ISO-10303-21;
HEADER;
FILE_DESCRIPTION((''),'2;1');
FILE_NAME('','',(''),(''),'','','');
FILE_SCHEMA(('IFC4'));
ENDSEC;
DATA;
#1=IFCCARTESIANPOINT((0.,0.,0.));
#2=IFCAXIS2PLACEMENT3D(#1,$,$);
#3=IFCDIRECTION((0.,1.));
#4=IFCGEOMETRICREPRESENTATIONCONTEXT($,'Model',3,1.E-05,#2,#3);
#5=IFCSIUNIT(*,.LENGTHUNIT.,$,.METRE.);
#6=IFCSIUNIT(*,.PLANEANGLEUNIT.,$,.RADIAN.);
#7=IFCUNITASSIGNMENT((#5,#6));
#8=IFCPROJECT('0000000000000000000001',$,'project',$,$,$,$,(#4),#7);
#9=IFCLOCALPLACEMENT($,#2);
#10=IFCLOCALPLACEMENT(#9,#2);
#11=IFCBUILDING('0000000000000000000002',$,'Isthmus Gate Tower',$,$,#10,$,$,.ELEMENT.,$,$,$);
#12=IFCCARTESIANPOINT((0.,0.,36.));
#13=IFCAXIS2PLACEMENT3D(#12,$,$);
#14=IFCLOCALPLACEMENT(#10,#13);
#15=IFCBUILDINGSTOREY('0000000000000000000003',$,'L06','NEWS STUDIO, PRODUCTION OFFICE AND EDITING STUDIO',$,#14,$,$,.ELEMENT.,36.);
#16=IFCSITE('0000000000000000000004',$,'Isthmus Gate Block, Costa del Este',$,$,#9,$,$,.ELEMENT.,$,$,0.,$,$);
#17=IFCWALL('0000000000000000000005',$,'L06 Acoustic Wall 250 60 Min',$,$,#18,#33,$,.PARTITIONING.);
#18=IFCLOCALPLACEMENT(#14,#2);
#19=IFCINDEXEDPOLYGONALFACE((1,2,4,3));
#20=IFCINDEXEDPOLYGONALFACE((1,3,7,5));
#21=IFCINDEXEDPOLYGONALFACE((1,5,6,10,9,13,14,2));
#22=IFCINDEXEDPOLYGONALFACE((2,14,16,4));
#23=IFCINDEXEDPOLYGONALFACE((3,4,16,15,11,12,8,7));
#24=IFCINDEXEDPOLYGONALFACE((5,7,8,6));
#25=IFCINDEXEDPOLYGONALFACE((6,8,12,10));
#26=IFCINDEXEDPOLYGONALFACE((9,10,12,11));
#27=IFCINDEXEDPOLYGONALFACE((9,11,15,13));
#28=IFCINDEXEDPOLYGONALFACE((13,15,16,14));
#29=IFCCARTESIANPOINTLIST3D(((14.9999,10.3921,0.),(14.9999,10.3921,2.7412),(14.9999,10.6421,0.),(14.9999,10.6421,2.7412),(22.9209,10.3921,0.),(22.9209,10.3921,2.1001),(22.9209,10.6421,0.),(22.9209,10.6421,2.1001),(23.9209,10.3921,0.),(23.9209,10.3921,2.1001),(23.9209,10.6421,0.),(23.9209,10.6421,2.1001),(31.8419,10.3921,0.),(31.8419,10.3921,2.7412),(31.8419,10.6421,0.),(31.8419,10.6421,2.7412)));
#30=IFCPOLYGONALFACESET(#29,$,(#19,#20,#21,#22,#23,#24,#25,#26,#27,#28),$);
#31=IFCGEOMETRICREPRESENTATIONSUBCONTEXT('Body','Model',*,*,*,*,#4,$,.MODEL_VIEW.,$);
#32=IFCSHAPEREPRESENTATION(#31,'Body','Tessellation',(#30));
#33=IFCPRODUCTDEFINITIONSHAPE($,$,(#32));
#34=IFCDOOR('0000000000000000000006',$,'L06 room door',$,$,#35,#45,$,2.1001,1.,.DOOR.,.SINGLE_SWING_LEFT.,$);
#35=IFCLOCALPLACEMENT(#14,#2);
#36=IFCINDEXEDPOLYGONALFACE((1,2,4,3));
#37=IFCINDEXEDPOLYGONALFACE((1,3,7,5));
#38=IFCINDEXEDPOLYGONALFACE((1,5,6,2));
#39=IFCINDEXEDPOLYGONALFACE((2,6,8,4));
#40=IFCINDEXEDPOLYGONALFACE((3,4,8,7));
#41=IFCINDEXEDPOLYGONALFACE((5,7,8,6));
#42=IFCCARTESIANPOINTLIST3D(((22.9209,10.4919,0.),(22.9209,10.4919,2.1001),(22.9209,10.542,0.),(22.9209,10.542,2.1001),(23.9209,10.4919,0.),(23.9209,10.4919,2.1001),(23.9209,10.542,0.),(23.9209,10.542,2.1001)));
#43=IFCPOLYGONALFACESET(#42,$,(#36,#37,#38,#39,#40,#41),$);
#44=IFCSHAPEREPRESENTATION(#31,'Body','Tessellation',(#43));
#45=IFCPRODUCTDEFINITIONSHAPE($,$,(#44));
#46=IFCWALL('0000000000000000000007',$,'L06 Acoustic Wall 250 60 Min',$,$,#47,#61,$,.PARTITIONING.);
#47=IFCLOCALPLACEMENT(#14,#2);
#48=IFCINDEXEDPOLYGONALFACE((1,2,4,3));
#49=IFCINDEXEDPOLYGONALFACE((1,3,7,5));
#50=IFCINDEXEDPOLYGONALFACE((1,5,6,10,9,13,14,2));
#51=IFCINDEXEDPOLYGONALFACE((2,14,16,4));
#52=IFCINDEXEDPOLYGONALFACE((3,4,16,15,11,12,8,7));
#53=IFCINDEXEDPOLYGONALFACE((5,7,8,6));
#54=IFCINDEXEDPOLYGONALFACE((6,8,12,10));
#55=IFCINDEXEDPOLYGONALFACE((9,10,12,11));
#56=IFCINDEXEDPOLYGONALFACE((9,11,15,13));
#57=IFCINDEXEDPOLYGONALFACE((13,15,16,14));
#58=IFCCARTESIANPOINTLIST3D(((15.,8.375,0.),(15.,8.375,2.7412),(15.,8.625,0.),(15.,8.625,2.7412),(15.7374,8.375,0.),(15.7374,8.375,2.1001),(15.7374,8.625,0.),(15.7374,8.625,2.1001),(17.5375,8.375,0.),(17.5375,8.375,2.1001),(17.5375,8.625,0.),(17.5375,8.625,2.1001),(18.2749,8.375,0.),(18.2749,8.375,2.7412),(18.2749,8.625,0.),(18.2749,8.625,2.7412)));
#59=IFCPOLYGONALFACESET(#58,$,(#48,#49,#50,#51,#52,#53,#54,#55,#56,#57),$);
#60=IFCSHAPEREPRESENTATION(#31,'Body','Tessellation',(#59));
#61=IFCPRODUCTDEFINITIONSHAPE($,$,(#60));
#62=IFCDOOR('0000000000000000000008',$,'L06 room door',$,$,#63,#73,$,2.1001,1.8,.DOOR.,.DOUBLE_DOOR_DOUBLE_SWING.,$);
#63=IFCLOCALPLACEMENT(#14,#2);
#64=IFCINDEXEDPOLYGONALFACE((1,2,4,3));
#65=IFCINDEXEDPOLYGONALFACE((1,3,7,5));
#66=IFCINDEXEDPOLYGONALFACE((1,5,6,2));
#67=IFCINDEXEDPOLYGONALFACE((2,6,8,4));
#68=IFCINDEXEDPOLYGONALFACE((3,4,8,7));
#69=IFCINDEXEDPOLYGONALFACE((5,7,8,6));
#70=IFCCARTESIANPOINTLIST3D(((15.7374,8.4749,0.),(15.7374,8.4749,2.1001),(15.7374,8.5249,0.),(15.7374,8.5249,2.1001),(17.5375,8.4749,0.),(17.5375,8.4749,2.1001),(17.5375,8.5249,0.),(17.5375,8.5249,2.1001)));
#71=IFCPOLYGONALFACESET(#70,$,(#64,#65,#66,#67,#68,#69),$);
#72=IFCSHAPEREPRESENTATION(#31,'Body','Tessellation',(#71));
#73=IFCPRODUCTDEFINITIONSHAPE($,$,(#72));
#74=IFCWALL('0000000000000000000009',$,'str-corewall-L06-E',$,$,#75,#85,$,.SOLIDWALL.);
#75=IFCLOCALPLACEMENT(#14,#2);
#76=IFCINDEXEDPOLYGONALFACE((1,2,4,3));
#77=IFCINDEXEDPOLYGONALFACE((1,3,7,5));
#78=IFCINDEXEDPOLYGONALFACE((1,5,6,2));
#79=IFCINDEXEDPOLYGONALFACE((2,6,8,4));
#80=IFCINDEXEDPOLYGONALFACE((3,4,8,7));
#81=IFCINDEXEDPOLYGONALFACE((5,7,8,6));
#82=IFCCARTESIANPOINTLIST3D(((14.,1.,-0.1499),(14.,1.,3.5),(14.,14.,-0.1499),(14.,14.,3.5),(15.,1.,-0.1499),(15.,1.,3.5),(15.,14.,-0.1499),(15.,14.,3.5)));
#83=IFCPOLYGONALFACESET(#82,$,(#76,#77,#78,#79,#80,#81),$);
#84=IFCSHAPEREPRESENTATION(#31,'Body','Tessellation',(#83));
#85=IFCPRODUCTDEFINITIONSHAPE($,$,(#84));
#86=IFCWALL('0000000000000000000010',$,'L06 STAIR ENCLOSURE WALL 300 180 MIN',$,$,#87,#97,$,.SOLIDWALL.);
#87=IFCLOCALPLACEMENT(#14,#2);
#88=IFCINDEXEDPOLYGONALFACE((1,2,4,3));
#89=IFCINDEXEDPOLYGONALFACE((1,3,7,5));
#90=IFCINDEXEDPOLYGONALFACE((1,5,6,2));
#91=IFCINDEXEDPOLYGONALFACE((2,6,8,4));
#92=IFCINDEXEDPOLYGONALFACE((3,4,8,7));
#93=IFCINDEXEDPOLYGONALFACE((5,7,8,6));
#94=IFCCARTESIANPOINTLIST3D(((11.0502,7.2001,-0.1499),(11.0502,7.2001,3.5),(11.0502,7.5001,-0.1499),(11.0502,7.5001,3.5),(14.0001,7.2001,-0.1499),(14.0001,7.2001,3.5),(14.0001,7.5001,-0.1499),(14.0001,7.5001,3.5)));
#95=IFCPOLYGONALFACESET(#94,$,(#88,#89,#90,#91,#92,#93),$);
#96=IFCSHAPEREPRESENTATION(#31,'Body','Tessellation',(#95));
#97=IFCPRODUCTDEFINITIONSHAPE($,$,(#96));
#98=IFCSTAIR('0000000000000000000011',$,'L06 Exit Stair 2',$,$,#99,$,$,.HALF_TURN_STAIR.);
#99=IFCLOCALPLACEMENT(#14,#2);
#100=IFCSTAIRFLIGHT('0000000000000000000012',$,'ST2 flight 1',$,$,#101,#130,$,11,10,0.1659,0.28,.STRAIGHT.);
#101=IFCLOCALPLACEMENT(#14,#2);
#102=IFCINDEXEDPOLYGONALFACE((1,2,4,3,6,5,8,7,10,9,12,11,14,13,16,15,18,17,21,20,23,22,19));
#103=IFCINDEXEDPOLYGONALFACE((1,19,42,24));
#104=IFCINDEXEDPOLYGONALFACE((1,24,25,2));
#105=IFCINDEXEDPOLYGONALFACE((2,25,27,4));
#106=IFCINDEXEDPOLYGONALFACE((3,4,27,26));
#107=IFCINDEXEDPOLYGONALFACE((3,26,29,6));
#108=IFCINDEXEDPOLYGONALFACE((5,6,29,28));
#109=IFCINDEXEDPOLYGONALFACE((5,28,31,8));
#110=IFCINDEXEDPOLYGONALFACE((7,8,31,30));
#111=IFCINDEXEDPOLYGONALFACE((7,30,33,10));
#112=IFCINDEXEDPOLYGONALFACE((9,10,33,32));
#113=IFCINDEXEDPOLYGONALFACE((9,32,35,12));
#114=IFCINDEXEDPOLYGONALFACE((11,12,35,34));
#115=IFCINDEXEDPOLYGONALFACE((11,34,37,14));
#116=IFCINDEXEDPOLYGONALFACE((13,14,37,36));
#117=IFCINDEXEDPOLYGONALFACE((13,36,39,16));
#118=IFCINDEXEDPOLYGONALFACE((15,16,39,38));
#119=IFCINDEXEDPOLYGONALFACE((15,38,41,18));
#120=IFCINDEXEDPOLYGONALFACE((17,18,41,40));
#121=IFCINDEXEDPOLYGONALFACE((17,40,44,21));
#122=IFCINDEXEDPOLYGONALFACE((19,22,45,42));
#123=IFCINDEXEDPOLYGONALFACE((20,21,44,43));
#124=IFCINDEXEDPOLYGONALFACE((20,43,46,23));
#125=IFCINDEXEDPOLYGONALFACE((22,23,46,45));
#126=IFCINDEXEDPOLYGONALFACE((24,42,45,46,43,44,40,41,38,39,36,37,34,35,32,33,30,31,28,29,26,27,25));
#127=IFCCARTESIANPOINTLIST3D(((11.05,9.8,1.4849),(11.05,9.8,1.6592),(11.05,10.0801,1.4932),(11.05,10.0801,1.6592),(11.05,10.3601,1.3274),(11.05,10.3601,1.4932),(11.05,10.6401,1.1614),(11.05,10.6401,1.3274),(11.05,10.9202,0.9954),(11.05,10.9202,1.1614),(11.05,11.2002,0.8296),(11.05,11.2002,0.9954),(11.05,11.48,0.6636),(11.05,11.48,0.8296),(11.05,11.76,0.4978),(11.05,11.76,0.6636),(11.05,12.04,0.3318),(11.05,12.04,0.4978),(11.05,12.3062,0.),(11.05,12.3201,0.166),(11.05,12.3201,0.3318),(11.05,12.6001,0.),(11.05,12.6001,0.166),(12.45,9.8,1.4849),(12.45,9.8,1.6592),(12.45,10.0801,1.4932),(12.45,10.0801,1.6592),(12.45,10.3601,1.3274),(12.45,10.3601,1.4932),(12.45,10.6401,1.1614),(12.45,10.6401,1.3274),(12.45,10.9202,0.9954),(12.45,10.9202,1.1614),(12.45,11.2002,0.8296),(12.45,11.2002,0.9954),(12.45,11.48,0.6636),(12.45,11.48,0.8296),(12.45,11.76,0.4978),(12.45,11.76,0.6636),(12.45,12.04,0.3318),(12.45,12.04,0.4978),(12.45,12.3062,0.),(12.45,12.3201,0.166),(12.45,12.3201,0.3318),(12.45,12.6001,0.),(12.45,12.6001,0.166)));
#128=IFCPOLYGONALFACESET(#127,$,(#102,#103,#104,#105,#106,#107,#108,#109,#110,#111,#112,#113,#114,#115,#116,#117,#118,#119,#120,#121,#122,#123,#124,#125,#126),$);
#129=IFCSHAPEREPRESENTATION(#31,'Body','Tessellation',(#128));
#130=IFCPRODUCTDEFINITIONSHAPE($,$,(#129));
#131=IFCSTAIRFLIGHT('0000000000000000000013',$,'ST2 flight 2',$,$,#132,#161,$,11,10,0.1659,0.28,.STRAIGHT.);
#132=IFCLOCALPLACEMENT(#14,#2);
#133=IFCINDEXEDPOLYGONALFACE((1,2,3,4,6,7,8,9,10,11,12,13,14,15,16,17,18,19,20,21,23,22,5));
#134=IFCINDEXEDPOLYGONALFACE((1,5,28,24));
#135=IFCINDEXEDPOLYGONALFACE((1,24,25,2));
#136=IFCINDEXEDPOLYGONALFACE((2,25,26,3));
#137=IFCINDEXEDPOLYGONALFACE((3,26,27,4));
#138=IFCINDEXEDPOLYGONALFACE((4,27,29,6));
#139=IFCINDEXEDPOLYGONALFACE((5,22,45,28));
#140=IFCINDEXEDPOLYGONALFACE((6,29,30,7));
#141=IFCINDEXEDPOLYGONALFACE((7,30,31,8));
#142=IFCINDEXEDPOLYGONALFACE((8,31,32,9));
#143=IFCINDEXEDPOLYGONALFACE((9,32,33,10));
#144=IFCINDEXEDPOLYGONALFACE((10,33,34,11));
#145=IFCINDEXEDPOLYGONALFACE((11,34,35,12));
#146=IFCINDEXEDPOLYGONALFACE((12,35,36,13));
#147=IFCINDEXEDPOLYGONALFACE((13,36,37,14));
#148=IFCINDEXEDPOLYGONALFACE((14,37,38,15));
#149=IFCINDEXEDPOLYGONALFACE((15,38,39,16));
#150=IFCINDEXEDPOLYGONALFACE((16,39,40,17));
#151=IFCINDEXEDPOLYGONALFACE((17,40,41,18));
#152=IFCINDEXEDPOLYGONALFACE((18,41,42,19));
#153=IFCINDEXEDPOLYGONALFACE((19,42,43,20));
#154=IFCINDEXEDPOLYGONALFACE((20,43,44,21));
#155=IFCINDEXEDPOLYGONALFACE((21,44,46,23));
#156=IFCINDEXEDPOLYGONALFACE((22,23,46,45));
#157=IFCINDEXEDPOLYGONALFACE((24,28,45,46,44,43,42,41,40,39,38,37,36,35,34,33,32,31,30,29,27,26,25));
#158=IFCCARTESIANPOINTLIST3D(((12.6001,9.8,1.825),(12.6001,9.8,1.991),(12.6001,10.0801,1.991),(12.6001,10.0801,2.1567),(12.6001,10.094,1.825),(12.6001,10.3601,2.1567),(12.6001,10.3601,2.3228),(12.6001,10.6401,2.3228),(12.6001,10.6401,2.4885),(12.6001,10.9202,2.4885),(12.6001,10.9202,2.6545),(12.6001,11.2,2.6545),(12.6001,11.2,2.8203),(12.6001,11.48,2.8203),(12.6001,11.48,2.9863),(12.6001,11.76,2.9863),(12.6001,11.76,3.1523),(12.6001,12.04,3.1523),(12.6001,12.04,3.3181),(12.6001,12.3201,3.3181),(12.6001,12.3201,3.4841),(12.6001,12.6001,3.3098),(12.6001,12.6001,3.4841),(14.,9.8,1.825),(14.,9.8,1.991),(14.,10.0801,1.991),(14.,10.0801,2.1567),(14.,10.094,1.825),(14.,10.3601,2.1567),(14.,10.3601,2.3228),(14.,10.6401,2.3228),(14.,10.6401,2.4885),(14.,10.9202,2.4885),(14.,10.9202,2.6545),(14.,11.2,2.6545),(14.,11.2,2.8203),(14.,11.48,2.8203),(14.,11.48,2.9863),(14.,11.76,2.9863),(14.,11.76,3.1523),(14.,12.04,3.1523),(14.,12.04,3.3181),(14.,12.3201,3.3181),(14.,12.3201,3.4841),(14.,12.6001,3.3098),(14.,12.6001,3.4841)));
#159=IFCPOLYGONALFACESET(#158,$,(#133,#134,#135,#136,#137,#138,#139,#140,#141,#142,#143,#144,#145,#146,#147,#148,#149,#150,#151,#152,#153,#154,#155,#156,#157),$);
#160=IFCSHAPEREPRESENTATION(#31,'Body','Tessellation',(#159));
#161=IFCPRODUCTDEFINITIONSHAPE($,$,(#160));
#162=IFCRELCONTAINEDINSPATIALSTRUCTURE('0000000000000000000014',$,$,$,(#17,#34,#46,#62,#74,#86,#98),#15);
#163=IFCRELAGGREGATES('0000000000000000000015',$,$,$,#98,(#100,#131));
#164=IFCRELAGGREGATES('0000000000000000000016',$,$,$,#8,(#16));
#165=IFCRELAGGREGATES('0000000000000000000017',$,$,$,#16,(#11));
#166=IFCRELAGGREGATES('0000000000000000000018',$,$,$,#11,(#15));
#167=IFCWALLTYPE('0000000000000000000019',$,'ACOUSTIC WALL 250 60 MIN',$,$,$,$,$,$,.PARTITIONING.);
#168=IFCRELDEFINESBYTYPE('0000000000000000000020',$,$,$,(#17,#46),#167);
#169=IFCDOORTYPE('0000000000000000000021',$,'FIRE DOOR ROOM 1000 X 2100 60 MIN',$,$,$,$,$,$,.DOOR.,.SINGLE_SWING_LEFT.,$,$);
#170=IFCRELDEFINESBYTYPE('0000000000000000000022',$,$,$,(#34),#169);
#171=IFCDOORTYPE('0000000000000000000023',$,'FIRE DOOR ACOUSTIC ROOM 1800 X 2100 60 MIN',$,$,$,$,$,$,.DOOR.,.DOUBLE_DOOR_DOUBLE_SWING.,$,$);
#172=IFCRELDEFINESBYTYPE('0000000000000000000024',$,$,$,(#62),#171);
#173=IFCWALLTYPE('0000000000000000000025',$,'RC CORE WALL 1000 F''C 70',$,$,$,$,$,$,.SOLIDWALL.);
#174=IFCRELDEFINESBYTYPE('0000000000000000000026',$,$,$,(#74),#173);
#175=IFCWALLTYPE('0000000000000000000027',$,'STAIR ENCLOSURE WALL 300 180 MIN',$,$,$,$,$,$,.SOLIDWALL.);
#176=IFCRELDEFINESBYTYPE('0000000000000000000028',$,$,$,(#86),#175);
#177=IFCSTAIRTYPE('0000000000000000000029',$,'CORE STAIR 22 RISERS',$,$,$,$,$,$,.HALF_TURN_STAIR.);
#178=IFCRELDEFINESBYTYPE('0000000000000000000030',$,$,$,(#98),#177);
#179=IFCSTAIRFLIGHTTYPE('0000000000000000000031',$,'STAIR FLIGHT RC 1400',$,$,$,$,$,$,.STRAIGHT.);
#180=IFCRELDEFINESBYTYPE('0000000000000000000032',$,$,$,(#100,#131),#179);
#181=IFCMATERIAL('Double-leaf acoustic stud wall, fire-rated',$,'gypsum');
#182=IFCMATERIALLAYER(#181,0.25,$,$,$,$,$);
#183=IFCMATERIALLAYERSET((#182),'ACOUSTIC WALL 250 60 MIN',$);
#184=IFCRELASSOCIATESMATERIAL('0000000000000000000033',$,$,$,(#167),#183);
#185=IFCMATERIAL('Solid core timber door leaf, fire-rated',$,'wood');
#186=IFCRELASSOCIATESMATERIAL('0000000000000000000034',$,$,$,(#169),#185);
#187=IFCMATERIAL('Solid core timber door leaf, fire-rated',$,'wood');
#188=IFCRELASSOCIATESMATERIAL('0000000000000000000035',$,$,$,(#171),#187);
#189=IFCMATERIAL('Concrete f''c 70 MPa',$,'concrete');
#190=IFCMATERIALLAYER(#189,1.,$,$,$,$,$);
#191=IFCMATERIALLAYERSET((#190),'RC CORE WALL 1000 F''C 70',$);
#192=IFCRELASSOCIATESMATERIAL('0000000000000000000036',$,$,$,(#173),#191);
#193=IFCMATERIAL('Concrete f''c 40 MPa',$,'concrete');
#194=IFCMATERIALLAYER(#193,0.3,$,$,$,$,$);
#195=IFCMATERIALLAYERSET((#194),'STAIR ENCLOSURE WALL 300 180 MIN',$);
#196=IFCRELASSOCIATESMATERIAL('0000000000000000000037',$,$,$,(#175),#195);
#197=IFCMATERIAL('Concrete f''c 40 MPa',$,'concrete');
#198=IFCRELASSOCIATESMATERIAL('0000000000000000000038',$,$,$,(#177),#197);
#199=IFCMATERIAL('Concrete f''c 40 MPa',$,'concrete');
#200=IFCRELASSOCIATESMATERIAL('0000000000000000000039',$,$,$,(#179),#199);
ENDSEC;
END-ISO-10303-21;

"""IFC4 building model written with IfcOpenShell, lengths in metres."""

from ifc_helpers import new_model, si_unit, direction, frame, frame_2d, origin, place, context, subcontext, project, spatial, polyline, rectangle, outline, extrude, material, layer, layer_set, type_object, element, fill, aggregate, save


model = new_model("IFC4")

# Units and contexts
model_context = context("Model", 3, precision=1e-05, world=origin(), true_north=direction((0.0, 1.0)))
body_context = subcontext(model_context, "Body", "Model", "MODEL_VIEW")
ifc_project = project(units=[si_unit("LENGTHUNIT", "METRE"), si_unit("PLANEANGLEUNIT", "RADIAN")], contexts=[model_context])

# Site, building, storey
site_placement = place(None, origin())
site = spatial("IfcSite", under=ifc_project, at=site_placement, Name="Isthmus Gate Block, Costa del Este", CompositionType="ELEMENT", RefElevation=0.0)
building_placement = place(site_placement, origin())
building = spatial("IfcBuilding", under=site, at=building_placement, Name="Isthmus Gate Tower", CompositionType="ELEMENT")
storey_placement = place(building_placement, frame((0.0, 0.0, 36.0)))
storey = spatial("IfcBuildingStorey", under=building, at=storey_placement, Name="L06", Description="NEWS STUDIO, PRODUCTION OFFICE AND EDITING STUDIO", CompositionType="ELEMENT", Elevation=36.0)

# Walls, openings, doors
ifc_material_1 = material(Name="Double-leaf acoustic stud wall, fire-rated", Category="gypsum")
ifc_layer_1 = layer(ifc_material_1, 0.25)
ifc_layer_set_1 = layer_set([ifc_layer_1], Name="ACOUSTIC WALL 250 60 MIN")
wall_type_1 = type_object("IfcWallType", Name="ACOUSTIC WALL 250 60 MIN", PredefinedType="PARTITIONING", material=ifc_layer_set_1)
wall_1_placement = place(storey_placement, frame((15.0, 10.5171, 0.0), z_axis=(0.0, 0.0, 1.0), x_axis=(1.0, 0.0, 0.0)))
wall_1 = element("IfcWall", 1, at=wall_1_placement, inside=storey, type_object=wall_type_1, Name="L06 Acoustic Wall 250 60 Min", PredefinedType="PARTITIONING", context=body_context, shape_type="SweptSolid", body=[
    extrude(rectangle(XDim=16.842, YDim=0.25, at=frame_2d((8.4209, 0.0))), origin(), (0.0, 0.0, 1.0), 2.7412),
])
opening_1_placement = place(wall_1_placement, frame((7.9209, 0.0, 0.0)))
opening_1 = element("IfcOpeningElement", 2, at=opening_1_placement, cuts=wall_1, PredefinedType="OPENING", context=body_context, shape_type="SweptSolid", body=[
    extrude(rectangle(XDim=1.0, YDim=2.1001, at=frame_2d((0.5, 1.05))), frame((0.0, 0.135, 0.0), z_axis=(0.0, -1.0, 0.0), x_axis=(1.0, 0.0, 0.0)), (0.0, 0.0, 1.0), 0.27),
])
ifc_material_2 = material(Name="Solid core timber door leaf, fire-rated", Category="wood")
door_type_1 = type_object("IfcDoorType", Name="FIRE DOOR ROOM 1000 X 2100 60 MIN", OperationType="SINGLE_SWING_LEFT", PredefinedType="DOOR", material=ifc_material_2)
door_1_placement = place(opening_1_placement, origin())
door_1 = element("IfcDoor", 3, at=door_1_placement, inside=storey, type_object=door_type_1, Name="L06 room door", OperationType="SINGLE_SWING_LEFT", OverallHeight=2.1001, OverallWidth=1.0, PredefinedType="DOOR", context=body_context, shape_type="SweptSolid", body=[
    extrude(rectangle(XDim=1.0, YDim=2.1001, at=frame_2d((0.5, 1.05))), frame((0.0, 0.0249, 0.0), z_axis=(0.0, -1.0, 0.0), x_axis=(1.0, 0.0, 0.0)), (0.0, 0.0, 1.0), 0.05),
])
fill(opening_1, door_1)
wall_2_placement = place(storey_placement, frame((15.0, 8.5, 0.0), z_axis=(0.0, 0.0, 1.0), x_axis=(1.0, 0.0, 0.0)))
wall_2 = element("IfcWall", 4, at=wall_2_placement, inside=storey, type_object=wall_type_1, Name="L06 Acoustic Wall 250 60 Min", PredefinedType="PARTITIONING", context=body_context, shape_type="SweptSolid", body=[
    extrude(rectangle(XDim=3.2749, YDim=0.25, at=frame_2d((1.6375, 0.0))), origin(), (0.0, 0.0, 1.0), 2.7412),
])
opening_2_placement = place(wall_2_placement, frame((0.7375, 0.0, 0.0)))
opening_2 = element("IfcOpeningElement", 5, at=opening_2_placement, cuts=wall_2, PredefinedType="OPENING", context=body_context, shape_type="SweptSolid", body=[
    extrude(rectangle(XDim=1.8, YDim=2.1001, at=frame_2d((0.8999, 1.05))), frame((0.0, 0.135, 0.0), z_axis=(0.0, -1.0, 0.0), x_axis=(1.0, 0.0, 0.0)), (0.0, 0.0, 1.0), 0.27),
])
ifc_material_3 = material(Name="Solid core timber door leaf, fire-rated", Category="wood")
door_type_2 = type_object("IfcDoorType", Name="FIRE DOOR ACOUSTIC ROOM 1800 X 2100 60 MIN", OperationType="DOUBLE_DOOR_DOUBLE_SWING", PredefinedType="DOOR", material=ifc_material_3)
door_2_placement = place(opening_2_placement, origin())
door_2 = element("IfcDoor", 6, at=door_2_placement, inside=storey, type_object=door_type_2, Name="L06 room door", OperationType="DOUBLE_DOOR_DOUBLE_SWING", OverallHeight=2.1001, OverallWidth=1.8, PredefinedType="DOOR", context=body_context, shape_type="SweptSolid", body=[
    extrude(rectangle(XDim=1.8, YDim=2.1001, at=frame_2d((0.8999, 1.05))), frame((0.0, 0.0249, 0.0), z_axis=(0.0, -1.0, 0.0), x_axis=(1.0, 0.0, 0.0)), (0.0, 0.0, 1.0), 0.05),
])
fill(opening_2, door_2)

# Walls
ifc_material_4 = material(Name="Concrete f'c 70 MPa", Category="concrete")
ifc_layer_2 = layer(ifc_material_4, 1.0)
ifc_layer_set_2 = layer_set([ifc_layer_2], Name="RC CORE WALL 1000 F'C 70")
wall_type_2 = type_object("IfcWallType", Name="RC CORE WALL 1000 F'C 70", PredefinedType="SOLIDWALL", material=ifc_layer_set_2)
wall_3_placement = place(storey_placement, frame((14.5, 1.0, -0.1499), z_axis=(0.0, 0.0, 1.0), x_axis=(0.0, 1.0, 0.0)))
element("IfcWall", 7, at=wall_3_placement, inside=storey, type_object=wall_type_2, Name="str-corewall-L06-E", PredefinedType="SOLIDWALL", context=body_context, shape_type="SweptSolid", body=[
    extrude(rectangle(XDim=13.0, YDim=1.0, at=frame_2d((6.5, 0.0))), origin(), (0.0, 0.0, 1.0), 3.6499),
])
ifc_material_5 = material(Name="Concrete f'c 40 MPa", Category="concrete")
ifc_layer_3 = layer(ifc_material_5, 0.3)
ifc_layer_set_3 = layer_set([ifc_layer_3], Name="STAIR ENCLOSURE WALL 300 180 MIN")
wall_type_3 = type_object("IfcWallType", Name="STAIR ENCLOSURE WALL 300 180 MIN", PredefinedType="SOLIDWALL", material=ifc_layer_set_3)
wall_4_placement = place(storey_placement, frame((11.05, 7.3501, -0.1499), z_axis=(0.0, 0.0, 1.0), x_axis=(1.0, 0.0, 0.0)))
element("IfcWall", 8, at=wall_4_placement, inside=storey, type_object=wall_type_3, Name="L06 STAIR ENCLOSURE WALL 300 180 MIN", PredefinedType="SOLIDWALL", context=body_context, shape_type="SweptSolid", body=[
    extrude(rectangle(XDim=2.95, YDim=0.3, at=frame_2d((1.4751, 0.0))), origin(), (0.0, 0.0, 1.0), 3.6499),
])

# Stair, stair flights
ifc_material_6 = material(Name="Concrete f'c 40 MPa", Category="concrete")
stair_type = type_object("IfcStairType", Name="CORE STAIR 22 RISERS", PredefinedType="HALF_TURN_STAIR", material=ifc_material_6)
stair_1_placement = place(storey_placement, origin())
stair_1 = element("IfcStair", 9, at=stair_1_placement, inside=storey, type_object=stair_type, Name="L06 Exit Stair 2", PredefinedType="HALF_TURN_STAIR")
ifc_material_7 = material(Name="Concrete f'c 40 MPa", Category="concrete")
stair_flight_type = type_object("IfcStairFlightType", Name="STAIR FLIGHT RC 1400", PredefinedType="STRAIGHT", material=ifc_material_7)
stair_flight_1_placement = place(storey_placement, frame((11.75, 12.6001, 0.0), z_axis=(0.0, 0.0, 1.0), x_axis=(0.0, -1.0, 0.0)))
stair_flight_1 = element("IfcStairFlight", 10, at=stair_flight_1_placement, type_object=stair_flight_type, Name="ST2 flight 1", NumberOfRisers=11, NumberOfTreads=10, PredefinedType="STRAIGHT", RiserHeight=0.1659, TreadLength=0.28, context=body_context, shape_type="SweptSolid", body=[
    extrude(outline(polyline([(0.0, 0.0), (0.0, 0.166), (0.28, 0.166), (0.28, 0.3318), (0.5601, 0.3318), (0.5601, 0.4978), (0.8401, 0.4978), (0.8401, 0.6636), (1.1201, 0.6636), (1.1201, 0.8296), (1.3999, 0.8296), (1.3999, 0.9954), (1.6799, 0.9954), (1.6799, 1.1614), (1.96, 1.1614), (1.96, 1.3274), (2.24, 1.3274), (2.24, 1.4932), (2.52, 1.4932), (2.52, 1.6592), (2.8, 1.6592), (2.8, 1.825), (2.8, 1.4849), (0.2939, 0.0), (0.0, 0.0)])), frame((0.0, 0.7, 0.0), z_axis=(0.0, -1.0, 0.0), x_axis=(1.0, 0.0, 0.0)), (0.0, 0.0, 1.0), 1.3999),
])
stair_flight_2_placement = place(storey_placement, frame((13.3, 9.8, 1.825), z_axis=(0.0, 0.0, 1.0), x_axis=(0.0, 1.0, 0.0)))
stair_flight_2 = element("IfcStairFlight", 11, at=stair_flight_2_placement, type_object=stair_flight_type, Name="ST2 flight 2", NumberOfRisers=11, NumberOfTreads=10, PredefinedType="STRAIGHT", RiserHeight=0.1659, TreadLength=0.28, context=body_context, shape_type="SweptSolid", body=[
    extrude(outline(polyline([(0.0, 0.0), (0.0, 0.166), (0.28, 0.166), (0.28, 0.3318), (0.5601, 0.3318), (0.5601, 0.4978), (0.8401, 0.4978), (0.8401, 0.6636), (1.1201, 0.6636), (1.1201, 0.8296), (1.3999, 0.8296), (1.3999, 0.9954), (1.6799, 0.9954), (1.6799, 1.1614), (1.96, 1.1614), (1.96, 1.3274), (2.24, 1.3274), (2.24, 1.4932), (2.52, 1.4932), (2.52, 1.6592), (2.8, 1.6592), (2.8, 1.825), (2.8, 1.4849), (0.2939, 0.0), (0.0, 0.0)])), frame((0.0, 0.7, 0.0), z_axis=(0.0, -1.0, 0.0), x_axis=(1.0, 0.0, 0.0)), (0.0, 0.0, 1.0), 1.3999),
])
aggregate(stair_1, [stair_flight_1, stair_flight_2])

save(model, "model.ifc")
